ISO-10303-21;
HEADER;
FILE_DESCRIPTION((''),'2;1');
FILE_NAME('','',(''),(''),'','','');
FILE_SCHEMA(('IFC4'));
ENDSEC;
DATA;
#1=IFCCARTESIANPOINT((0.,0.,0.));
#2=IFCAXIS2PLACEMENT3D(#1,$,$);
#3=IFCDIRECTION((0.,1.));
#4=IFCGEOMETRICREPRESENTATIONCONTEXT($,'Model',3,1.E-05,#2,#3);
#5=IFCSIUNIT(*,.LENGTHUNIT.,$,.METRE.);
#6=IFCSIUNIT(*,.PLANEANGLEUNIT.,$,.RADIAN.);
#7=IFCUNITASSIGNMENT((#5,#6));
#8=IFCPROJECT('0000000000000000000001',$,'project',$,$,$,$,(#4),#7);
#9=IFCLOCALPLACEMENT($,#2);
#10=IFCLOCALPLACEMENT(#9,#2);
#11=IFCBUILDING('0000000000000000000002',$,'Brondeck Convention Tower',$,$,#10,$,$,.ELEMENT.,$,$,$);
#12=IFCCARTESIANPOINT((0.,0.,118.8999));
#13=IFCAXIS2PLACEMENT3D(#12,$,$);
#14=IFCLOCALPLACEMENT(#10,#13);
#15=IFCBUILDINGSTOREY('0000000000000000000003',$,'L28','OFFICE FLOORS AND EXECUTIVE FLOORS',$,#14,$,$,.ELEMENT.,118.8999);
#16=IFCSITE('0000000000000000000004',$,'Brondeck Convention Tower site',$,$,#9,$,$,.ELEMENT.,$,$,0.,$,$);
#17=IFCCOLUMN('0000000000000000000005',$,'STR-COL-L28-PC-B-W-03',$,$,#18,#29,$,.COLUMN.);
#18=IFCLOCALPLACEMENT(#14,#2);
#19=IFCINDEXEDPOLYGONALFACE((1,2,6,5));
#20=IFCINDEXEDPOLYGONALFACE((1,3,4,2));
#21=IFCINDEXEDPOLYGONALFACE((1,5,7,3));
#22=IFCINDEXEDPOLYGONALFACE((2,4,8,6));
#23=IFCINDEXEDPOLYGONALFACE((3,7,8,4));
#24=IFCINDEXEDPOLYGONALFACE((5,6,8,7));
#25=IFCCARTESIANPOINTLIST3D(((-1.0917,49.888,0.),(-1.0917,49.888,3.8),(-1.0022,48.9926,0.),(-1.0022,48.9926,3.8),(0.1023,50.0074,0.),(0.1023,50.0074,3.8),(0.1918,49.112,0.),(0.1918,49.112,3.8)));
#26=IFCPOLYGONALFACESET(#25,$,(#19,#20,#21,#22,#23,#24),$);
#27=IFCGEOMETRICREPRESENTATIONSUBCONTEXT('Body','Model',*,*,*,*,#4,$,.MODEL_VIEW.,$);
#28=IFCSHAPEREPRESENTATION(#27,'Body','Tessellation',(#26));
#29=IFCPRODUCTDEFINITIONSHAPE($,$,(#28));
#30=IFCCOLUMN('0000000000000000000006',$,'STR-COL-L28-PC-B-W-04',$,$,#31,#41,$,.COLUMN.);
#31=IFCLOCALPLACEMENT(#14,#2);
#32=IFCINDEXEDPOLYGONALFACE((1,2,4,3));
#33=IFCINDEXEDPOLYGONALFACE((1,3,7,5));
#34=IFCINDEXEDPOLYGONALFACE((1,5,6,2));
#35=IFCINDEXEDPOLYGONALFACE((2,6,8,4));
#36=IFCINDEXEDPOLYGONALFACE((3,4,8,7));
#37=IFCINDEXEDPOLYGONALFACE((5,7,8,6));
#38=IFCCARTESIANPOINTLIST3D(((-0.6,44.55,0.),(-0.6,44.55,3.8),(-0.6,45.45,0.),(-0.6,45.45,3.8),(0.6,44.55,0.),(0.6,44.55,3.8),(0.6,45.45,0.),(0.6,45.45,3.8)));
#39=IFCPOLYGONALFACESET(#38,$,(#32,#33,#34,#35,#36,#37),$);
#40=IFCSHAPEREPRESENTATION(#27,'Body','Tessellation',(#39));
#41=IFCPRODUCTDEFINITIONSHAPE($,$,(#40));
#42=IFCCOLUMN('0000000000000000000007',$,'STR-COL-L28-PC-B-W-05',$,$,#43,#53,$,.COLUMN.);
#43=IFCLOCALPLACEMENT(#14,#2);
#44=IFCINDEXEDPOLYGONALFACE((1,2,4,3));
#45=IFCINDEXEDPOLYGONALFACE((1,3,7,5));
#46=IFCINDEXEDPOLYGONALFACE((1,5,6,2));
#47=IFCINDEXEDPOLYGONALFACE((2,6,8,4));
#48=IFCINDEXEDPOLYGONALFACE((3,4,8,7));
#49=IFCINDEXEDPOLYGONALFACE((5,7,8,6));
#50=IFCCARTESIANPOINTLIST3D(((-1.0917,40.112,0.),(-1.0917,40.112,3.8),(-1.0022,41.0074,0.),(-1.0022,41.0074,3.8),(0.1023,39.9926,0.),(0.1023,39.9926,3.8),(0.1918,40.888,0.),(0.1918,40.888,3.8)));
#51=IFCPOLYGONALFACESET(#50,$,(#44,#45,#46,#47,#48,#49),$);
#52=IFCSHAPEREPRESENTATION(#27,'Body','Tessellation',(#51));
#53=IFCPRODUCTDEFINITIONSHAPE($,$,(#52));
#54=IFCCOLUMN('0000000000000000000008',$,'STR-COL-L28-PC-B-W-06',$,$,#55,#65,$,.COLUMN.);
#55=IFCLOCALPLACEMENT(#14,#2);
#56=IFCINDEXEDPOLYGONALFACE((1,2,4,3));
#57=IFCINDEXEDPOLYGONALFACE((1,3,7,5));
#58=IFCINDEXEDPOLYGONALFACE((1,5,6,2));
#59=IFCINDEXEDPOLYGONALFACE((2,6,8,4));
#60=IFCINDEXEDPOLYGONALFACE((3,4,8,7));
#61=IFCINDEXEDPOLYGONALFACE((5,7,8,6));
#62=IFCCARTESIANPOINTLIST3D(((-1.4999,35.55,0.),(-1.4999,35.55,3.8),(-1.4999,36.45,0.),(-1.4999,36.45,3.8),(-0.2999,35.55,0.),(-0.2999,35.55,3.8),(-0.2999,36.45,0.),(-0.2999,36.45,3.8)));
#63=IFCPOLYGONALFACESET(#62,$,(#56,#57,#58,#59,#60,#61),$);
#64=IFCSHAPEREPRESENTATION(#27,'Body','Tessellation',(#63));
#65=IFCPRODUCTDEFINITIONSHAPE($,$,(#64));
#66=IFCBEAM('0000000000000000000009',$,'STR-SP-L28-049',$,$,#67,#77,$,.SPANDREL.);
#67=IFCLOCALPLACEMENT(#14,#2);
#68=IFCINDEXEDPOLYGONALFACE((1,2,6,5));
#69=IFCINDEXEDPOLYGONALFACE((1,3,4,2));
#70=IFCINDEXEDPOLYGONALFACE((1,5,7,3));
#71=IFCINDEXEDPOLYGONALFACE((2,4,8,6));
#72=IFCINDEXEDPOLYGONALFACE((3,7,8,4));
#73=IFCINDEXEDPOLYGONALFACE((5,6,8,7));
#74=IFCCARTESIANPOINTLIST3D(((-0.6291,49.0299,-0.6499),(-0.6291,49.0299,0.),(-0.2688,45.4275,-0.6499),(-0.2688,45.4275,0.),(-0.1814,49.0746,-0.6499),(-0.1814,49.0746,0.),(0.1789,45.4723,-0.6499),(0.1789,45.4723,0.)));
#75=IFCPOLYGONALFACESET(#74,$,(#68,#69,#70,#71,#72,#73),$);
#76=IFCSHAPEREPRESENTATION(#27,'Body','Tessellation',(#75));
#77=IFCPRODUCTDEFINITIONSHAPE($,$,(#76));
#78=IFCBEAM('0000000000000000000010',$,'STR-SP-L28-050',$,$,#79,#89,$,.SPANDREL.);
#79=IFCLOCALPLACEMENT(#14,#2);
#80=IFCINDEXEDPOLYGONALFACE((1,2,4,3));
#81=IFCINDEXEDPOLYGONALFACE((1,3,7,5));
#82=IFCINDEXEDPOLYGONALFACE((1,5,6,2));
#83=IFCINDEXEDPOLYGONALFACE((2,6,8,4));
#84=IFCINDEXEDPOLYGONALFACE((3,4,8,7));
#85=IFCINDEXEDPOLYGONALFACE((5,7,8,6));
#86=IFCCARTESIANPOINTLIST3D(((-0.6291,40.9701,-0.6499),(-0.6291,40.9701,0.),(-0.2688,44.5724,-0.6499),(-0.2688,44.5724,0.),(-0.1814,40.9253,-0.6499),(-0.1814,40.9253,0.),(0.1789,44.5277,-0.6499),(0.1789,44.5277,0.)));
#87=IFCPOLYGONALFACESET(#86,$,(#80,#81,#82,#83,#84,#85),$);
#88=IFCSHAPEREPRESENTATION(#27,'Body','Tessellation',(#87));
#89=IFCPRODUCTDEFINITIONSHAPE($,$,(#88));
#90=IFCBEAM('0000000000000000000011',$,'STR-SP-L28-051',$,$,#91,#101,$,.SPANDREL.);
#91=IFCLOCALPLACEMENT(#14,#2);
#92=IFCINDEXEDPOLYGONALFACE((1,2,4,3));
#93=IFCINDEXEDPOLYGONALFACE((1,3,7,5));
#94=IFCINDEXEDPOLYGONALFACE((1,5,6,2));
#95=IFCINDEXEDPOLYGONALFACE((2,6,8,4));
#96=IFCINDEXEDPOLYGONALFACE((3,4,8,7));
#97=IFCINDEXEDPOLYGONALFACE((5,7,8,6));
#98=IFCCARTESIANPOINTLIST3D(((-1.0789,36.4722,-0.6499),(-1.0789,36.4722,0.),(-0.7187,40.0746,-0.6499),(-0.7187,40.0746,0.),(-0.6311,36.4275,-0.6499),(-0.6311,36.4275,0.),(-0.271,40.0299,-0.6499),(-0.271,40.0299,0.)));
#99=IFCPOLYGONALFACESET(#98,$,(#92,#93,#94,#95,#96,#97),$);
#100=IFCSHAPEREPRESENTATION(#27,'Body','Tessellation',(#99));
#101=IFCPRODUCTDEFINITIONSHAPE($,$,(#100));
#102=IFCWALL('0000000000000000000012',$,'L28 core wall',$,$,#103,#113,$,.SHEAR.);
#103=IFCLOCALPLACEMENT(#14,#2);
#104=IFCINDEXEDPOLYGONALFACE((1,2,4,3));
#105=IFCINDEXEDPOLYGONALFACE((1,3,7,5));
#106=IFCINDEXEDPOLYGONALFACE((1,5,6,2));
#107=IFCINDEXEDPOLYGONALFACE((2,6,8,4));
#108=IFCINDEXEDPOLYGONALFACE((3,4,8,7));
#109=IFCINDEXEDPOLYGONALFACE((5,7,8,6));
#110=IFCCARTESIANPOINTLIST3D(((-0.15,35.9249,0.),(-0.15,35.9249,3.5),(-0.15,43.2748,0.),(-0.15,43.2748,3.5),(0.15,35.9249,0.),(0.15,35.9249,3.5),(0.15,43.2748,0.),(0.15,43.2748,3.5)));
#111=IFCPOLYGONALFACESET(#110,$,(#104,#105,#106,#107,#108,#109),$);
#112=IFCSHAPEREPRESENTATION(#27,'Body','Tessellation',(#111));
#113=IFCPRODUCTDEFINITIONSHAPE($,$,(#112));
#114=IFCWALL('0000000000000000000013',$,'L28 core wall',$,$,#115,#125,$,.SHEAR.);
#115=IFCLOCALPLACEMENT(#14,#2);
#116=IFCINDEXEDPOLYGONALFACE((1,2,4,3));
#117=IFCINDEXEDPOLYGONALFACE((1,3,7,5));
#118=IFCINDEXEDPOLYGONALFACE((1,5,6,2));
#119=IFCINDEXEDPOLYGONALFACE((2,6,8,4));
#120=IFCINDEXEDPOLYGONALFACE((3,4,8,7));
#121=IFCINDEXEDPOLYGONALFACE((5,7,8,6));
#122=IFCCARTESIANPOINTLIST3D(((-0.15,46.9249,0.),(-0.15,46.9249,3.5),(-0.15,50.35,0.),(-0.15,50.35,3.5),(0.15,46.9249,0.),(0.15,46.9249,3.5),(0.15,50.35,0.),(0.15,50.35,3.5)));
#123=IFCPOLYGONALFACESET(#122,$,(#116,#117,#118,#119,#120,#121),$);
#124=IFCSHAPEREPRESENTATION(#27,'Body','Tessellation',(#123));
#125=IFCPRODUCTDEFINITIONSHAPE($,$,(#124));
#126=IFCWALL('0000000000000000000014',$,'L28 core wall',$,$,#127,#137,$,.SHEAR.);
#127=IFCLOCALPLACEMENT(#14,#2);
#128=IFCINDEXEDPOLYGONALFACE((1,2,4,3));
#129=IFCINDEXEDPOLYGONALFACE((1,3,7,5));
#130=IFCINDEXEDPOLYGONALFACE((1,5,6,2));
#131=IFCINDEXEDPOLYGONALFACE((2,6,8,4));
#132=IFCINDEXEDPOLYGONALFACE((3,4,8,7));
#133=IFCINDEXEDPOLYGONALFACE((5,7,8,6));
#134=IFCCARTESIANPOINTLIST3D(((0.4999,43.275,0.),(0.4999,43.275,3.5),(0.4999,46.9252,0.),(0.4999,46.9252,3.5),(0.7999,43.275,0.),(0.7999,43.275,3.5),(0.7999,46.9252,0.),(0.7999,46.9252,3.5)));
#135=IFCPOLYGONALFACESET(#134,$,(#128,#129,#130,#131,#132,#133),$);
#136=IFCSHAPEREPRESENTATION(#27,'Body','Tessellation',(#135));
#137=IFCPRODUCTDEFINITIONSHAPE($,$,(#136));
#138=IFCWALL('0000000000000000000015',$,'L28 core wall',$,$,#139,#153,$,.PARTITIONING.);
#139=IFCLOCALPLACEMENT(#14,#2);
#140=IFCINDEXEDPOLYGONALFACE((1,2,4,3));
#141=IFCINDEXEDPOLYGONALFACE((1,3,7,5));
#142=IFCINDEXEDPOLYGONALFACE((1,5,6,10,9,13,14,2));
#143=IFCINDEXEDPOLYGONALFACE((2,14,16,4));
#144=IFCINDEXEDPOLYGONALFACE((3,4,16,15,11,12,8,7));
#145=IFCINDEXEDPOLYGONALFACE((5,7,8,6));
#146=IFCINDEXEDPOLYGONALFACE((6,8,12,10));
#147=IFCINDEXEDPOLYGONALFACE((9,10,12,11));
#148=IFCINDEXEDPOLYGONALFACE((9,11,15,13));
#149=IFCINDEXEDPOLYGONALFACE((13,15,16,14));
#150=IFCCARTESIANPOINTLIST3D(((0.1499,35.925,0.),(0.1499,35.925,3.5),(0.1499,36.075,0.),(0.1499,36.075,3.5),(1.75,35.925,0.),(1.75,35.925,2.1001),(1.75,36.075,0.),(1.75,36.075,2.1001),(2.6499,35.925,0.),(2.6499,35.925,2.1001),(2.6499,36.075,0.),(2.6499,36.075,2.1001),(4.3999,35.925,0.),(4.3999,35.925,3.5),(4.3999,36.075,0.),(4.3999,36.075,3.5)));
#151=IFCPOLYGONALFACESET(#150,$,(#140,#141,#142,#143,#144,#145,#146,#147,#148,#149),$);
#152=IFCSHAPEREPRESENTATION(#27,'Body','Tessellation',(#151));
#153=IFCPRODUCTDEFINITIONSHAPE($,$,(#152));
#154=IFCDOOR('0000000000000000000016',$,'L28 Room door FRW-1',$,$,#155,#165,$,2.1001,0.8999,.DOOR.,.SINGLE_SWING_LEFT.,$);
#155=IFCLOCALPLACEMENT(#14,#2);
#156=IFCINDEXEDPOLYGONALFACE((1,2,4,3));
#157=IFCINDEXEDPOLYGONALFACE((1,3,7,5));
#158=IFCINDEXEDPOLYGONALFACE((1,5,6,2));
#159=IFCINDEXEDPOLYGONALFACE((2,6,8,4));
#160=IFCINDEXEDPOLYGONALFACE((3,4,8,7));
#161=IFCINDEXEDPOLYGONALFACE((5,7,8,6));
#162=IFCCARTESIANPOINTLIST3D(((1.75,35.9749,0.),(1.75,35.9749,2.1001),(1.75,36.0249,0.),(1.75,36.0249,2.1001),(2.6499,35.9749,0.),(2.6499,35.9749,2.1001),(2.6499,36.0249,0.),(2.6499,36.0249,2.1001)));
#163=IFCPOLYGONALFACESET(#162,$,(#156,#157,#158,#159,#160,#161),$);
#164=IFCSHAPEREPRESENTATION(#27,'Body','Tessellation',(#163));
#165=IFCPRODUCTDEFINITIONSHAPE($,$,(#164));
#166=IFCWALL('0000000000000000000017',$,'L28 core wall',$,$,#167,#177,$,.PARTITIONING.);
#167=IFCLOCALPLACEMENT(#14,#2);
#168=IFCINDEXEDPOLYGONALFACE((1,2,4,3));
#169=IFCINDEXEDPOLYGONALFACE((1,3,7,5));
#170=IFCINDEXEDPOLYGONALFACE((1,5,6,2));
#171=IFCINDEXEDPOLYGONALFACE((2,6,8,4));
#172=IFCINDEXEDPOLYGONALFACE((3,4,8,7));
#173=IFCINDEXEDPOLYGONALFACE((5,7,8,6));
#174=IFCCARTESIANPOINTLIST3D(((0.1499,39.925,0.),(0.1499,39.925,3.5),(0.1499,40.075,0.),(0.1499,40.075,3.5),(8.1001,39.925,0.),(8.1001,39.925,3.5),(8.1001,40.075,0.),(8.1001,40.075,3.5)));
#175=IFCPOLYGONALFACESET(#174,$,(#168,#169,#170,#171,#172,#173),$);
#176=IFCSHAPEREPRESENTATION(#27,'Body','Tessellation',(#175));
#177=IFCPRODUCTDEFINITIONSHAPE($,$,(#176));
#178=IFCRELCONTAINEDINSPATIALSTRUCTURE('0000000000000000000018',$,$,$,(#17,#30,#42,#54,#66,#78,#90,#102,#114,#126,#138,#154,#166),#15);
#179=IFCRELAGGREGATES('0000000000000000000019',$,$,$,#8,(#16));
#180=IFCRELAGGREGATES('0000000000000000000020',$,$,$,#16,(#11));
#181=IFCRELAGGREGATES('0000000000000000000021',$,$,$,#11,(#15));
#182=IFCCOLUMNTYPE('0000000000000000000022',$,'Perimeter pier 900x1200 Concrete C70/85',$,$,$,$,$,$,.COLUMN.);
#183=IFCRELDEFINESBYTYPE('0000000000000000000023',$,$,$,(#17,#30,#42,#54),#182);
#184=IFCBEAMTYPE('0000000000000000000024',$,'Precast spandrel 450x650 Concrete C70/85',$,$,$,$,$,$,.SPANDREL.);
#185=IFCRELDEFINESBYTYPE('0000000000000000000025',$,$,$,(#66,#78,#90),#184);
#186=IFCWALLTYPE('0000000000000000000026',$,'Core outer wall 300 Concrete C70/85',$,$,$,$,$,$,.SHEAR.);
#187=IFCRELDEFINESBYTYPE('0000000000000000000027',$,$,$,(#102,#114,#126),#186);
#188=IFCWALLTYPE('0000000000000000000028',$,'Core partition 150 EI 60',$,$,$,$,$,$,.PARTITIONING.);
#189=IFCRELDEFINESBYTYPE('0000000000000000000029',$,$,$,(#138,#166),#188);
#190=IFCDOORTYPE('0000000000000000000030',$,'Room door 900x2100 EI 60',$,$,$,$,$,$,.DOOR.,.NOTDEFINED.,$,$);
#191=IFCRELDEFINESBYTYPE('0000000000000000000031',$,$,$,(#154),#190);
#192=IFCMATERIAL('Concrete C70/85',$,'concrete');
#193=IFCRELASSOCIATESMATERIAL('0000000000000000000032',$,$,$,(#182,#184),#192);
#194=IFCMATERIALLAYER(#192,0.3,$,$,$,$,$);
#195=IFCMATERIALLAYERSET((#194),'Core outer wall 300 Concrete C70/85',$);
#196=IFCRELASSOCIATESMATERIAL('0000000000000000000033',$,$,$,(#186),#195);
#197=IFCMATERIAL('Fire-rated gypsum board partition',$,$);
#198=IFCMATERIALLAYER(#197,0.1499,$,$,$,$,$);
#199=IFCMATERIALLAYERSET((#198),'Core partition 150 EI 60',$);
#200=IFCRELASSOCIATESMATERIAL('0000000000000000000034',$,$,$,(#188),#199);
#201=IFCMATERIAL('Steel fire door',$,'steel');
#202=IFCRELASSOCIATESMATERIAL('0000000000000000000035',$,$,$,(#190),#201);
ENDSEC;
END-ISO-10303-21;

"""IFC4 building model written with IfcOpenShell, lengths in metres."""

from ifc_helpers import new_model, si_unit, direction, frame, frame_2d, origin, origin_2d, place, context, subcontext, project, spatial, rectangle, extrude, material, layer, layer_set, material_profile, profile_set, type_object, element, fill, save


model = new_model("IFC4")

# Units and contexts
model_context = context("Model", 3, precision=1e-05, world=origin(), true_north=direction((0.0, 1.0)))
body_context = subcontext(model_context, "Body", "Model", "MODEL_VIEW")
ifc_project = project(units=[si_unit("LENGTHUNIT", "METRE"), si_unit("PLANEANGLEUNIT", "RADIAN")], contexts=[model_context])

# Site, building, storey
site_placement = place(None, origin())
site = spatial("IfcSite", under=ifc_project, at=site_placement, Name="Brondeck Convention Tower site", CompositionType="ELEMENT", RefElevation=0.0)
building_placement = place(site_placement, origin())
building = spatial("IfcBuilding", under=site, at=building_placement, Name="Brondeck Convention Tower", CompositionType="ELEMENT")
storey_placement = place(building_placement, frame((0.0, 0.0, 118.8999)))
storey = spatial("IfcBuildingStorey", under=building, at=storey_placement, Name="L28", Description="OFFICE FLOORS AND EXECUTIVE FLOORS", CompositionType="ELEMENT", Elevation=118.8999)

# Columns
ifc_material_1 = material(Name="Concrete C70/85", Category="concrete")
ifc_material_profile_1 = material_profile(ifc_material_1, rectangle(XDim=0.8999, YDim=1.2, at=origin_2d()), Name="Perimeter pier 900x1200 Concrete C70/85")
ifc_profile_set_1 = profile_set([ifc_material_profile_1], Name="Concrete C70/85")
column_type = type_object("IfcColumnType", Name="Perimeter pier 900x1200 Concrete C70/85", PredefinedType="COLUMN", material=ifc_profile_set_1)
for number, where, z_axis, x_axis, name in (
    (1, (-0.45, 49.5, 0.0), (0.0, 0.0, 1.0), (0.099504, -0.995037, 0.0), "STR-COL-L28-PC-B-W-03"),
    (2, (0.0, 45.0, 0.0), (0.0, 0.0, 1.0), (0.0, -1.0, 0.0), "STR-COL-L28-PC-B-W-04"),
    (3, (-0.45, 40.5, 0.0), (0.0, 0.0, 1.0), (-0.099504, -0.995037, 0.0), "STR-COL-L28-PC-B-W-05"),
    (4, (-0.8999, 36.0, 0.0), (0.0, 0.0, 1.0), (0.0, -1.0, 0.0), "STR-COL-L28-PC-B-W-06"),
):
    element("IfcColumn", number, at=place(storey_placement, frame(where, z_axis=z_axis, x_axis=x_axis)), inside=storey, type_object=column_type, Name=name, PredefinedType="COLUMN", context=body_context, shape_type="SweptSolid", body=[
        extrude(rectangle(XDim=0.8999, YDim=1.2, at=origin_2d()), origin(), (0.0, 0.0, 1.0), 3.8),
    ])

# Beams
ifc_material_profile_2 = material_profile(ifc_material_1, rectangle(XDim=0.45, YDim=0.6499, at=origin_2d()), Name="Precast spandrel 450x650 Concrete C70/85")
ifc_profile_set_2 = profile_set([ifc_material_profile_2], Name="Concrete C70/85")
beam_type = type_object("IfcBeamType", Name="Precast spandrel 450x650 Concrete C70/85", PredefinedType="SPANDREL", material=ifc_profile_set_2)
for number, where, z_axis, x_axis, name in (
    (5, (-0.4053, 49.0522, -0.325), (0.099537, -0.995034, 0.0), (0.995034, 0.099537, 0.0), "STR-SP-L28-049"),
    (6, (-0.0449, 44.55, -0.325), (-0.099537, -0.995034, 0.0), (0.995034, -0.099537, 0.0), "STR-SP-L28-050"),
    (7, (-0.4949, 40.0522, -0.325), (-0.09947, -0.995041, 0.0), (0.995041, -0.09947, 0.0), "STR-SP-L28-051"),
):
    element("IfcBeam", number, at=place(storey_placement, frame(where, z_axis=z_axis, x_axis=x_axis)), inside=storey, type_object=beam_type, Name=name, PredefinedType="SPANDREL", context=body_context, shape_type="SweptSolid", body=[
        extrude(rectangle(XDim=0.45, YDim=0.6499, at=origin_2d()), origin(), (0.0, 0.0, 1.0), 3.6204),
    ])

# Walls
ifc_layer_1 = layer(ifc_material_1, 0.3)
ifc_layer_set_1 = layer_set([ifc_layer_1], Name="Core outer wall 300 Concrete C70/85")
wall_type_1 = type_object("IfcWallType", Name="Core outer wall 300 Concrete C70/85", PredefinedType="SHEAR", material=ifc_layer_set_1)
wall_1_placement = place(storey_placement, frame((0.0, 35.925, 0.0), z_axis=(0.0, 0.0, 1.0), x_axis=(0.0, 1.0, 0.0)))
element("IfcWall", 8, at=wall_1_placement, inside=storey, type_object=wall_type_1, Name="L28 core wall", PredefinedType="SHEAR", context=body_context, shape_type="SweptSolid", body=[
    extrude(rectangle(XDim=7.3499, YDim=0.3, at=frame_2d((3.6748, 0.0))), origin(), (0.0, 0.0, 1.0), 3.5),
])
wall_2_placement = place(storey_placement, frame((0.0, 46.925, 0.0), z_axis=(0.0, 0.0, 1.0), x_axis=(0.0, 1.0, 0.0)))
element("IfcWall", 9, at=wall_2_placement, inside=storey, type_object=wall_type_1, Name="L28 core wall", PredefinedType="SHEAR", context=body_context, shape_type="SweptSolid", body=[
    extrude(rectangle(XDim=3.425, YDim=0.3, at=frame_2d((1.7124, 0.0))), origin(), (0.0, 0.0, 1.0), 3.5),
])
wall_3_placement = place(storey_placement, frame((0.6499, 43.2749, 0.0), z_axis=(0.0, 0.0, 1.0), x_axis=(0.0, 1.0, 0.0)))
element("IfcWall", 10, at=wall_3_placement, inside=storey, type_object=wall_type_1, Name="L28 core wall", PredefinedType="SHEAR", context=body_context, shape_type="SweptSolid", body=[
    extrude(rectangle(XDim=3.6501, YDim=0.3, at=frame_2d((1.8252, 0.0))), origin(), (0.0, 0.0, 1.0), 3.5),
])

# Wall, opening, door
ifc_material_2 = material(Name="Fire-rated gypsum board partition")
ifc_layer_2 = layer(ifc_material_2, 0.1499)
ifc_layer_set_2 = layer_set([ifc_layer_2], Name="Core partition 150 EI 60")
wall_type_2 = type_object("IfcWallType", Name="Core partition 150 EI 60", PredefinedType="PARTITIONING", material=ifc_layer_set_2)
wall_4_placement = place(storey_placement, frame((0.1499, 36.0, 0.0), z_axis=(0.0, 0.0, 1.0), x_axis=(1.0, 0.0, 0.0)))
wall_4 = element("IfcWall", 11, at=wall_4_placement, inside=storey, type_object=wall_type_2, Name="L28 core wall", PredefinedType="PARTITIONING", context=body_context, shape_type="SweptSolid", body=[
    extrude(rectangle(XDim=4.25, YDim=0.1499, at=frame_2d((2.125, 0.0))), origin(), (0.0, 0.0, 1.0), 3.5),
])
opening_1_placement = place(wall_4_placement, frame((1.6001, 0.0, 0.0)))
opening_1 = element("IfcOpeningElement", 12, at=opening_1_placement, cuts=wall_4, PredefinedType="OPENING", context=body_context, shape_type="SweptSolid", body=[
    extrude(rectangle(XDim=0.8999, YDim=2.1001, at=frame_2d((0.45, 1.05))), frame((0.0, 0.085, 0.0), z_axis=(0.0, -1.0, 0.0), x_axis=(1.0, 0.0, 0.0)), (0.0, 0.0, 1.0), 0.1699),
])
ifc_material_3 = material(Name="Steel fire door", Category="steel")
door_type_1 = type_object("IfcDoorType", Name="Room door 900x2100 EI 60", OperationType="NOTDEFINED", PredefinedType="DOOR", material=ifc_material_3)
door_1_placement = place(opening_1_placement, origin())
door_1 = element("IfcDoor", 13, at=door_1_placement, inside=storey, type_object=door_type_1, Name="L28 Room door FRW-1", OperationType="SINGLE_SWING_LEFT", OverallHeight=2.1001, OverallWidth=0.8999, PredefinedType="DOOR", context=body_context, shape_type="SweptSolid", body=[
    extrude(rectangle(XDim=0.8999, YDim=2.1001, at=frame_2d((0.45, 1.05))), frame((0.0, 0.0249, 0.0), z_axis=(0.0, -1.0, 0.0), x_axis=(1.0, 0.0, 0.0)), (0.0, 0.0, 1.0), 0.05),
])
fill(opening_1, door_1)

# Wall
wall_5_placement = place(storey_placement, frame((0.1499, 40.0, 0.0), z_axis=(0.0, 0.0, 1.0), x_axis=(1.0, 0.0, 0.0)))
element("IfcWall", 14, at=wall_5_placement, inside=storey, type_object=wall_type_2, Name="L28 core wall", PredefinedType="PARTITIONING", context=body_context, shape_type="SweptSolid", body=[
    extrude(rectangle(XDim=7.9502, YDim=0.1499, at=frame_2d((3.9751, 0.0))), origin(), (0.0, 0.0, 1.0), 3.5),
])

save(model, "model.ifc")
